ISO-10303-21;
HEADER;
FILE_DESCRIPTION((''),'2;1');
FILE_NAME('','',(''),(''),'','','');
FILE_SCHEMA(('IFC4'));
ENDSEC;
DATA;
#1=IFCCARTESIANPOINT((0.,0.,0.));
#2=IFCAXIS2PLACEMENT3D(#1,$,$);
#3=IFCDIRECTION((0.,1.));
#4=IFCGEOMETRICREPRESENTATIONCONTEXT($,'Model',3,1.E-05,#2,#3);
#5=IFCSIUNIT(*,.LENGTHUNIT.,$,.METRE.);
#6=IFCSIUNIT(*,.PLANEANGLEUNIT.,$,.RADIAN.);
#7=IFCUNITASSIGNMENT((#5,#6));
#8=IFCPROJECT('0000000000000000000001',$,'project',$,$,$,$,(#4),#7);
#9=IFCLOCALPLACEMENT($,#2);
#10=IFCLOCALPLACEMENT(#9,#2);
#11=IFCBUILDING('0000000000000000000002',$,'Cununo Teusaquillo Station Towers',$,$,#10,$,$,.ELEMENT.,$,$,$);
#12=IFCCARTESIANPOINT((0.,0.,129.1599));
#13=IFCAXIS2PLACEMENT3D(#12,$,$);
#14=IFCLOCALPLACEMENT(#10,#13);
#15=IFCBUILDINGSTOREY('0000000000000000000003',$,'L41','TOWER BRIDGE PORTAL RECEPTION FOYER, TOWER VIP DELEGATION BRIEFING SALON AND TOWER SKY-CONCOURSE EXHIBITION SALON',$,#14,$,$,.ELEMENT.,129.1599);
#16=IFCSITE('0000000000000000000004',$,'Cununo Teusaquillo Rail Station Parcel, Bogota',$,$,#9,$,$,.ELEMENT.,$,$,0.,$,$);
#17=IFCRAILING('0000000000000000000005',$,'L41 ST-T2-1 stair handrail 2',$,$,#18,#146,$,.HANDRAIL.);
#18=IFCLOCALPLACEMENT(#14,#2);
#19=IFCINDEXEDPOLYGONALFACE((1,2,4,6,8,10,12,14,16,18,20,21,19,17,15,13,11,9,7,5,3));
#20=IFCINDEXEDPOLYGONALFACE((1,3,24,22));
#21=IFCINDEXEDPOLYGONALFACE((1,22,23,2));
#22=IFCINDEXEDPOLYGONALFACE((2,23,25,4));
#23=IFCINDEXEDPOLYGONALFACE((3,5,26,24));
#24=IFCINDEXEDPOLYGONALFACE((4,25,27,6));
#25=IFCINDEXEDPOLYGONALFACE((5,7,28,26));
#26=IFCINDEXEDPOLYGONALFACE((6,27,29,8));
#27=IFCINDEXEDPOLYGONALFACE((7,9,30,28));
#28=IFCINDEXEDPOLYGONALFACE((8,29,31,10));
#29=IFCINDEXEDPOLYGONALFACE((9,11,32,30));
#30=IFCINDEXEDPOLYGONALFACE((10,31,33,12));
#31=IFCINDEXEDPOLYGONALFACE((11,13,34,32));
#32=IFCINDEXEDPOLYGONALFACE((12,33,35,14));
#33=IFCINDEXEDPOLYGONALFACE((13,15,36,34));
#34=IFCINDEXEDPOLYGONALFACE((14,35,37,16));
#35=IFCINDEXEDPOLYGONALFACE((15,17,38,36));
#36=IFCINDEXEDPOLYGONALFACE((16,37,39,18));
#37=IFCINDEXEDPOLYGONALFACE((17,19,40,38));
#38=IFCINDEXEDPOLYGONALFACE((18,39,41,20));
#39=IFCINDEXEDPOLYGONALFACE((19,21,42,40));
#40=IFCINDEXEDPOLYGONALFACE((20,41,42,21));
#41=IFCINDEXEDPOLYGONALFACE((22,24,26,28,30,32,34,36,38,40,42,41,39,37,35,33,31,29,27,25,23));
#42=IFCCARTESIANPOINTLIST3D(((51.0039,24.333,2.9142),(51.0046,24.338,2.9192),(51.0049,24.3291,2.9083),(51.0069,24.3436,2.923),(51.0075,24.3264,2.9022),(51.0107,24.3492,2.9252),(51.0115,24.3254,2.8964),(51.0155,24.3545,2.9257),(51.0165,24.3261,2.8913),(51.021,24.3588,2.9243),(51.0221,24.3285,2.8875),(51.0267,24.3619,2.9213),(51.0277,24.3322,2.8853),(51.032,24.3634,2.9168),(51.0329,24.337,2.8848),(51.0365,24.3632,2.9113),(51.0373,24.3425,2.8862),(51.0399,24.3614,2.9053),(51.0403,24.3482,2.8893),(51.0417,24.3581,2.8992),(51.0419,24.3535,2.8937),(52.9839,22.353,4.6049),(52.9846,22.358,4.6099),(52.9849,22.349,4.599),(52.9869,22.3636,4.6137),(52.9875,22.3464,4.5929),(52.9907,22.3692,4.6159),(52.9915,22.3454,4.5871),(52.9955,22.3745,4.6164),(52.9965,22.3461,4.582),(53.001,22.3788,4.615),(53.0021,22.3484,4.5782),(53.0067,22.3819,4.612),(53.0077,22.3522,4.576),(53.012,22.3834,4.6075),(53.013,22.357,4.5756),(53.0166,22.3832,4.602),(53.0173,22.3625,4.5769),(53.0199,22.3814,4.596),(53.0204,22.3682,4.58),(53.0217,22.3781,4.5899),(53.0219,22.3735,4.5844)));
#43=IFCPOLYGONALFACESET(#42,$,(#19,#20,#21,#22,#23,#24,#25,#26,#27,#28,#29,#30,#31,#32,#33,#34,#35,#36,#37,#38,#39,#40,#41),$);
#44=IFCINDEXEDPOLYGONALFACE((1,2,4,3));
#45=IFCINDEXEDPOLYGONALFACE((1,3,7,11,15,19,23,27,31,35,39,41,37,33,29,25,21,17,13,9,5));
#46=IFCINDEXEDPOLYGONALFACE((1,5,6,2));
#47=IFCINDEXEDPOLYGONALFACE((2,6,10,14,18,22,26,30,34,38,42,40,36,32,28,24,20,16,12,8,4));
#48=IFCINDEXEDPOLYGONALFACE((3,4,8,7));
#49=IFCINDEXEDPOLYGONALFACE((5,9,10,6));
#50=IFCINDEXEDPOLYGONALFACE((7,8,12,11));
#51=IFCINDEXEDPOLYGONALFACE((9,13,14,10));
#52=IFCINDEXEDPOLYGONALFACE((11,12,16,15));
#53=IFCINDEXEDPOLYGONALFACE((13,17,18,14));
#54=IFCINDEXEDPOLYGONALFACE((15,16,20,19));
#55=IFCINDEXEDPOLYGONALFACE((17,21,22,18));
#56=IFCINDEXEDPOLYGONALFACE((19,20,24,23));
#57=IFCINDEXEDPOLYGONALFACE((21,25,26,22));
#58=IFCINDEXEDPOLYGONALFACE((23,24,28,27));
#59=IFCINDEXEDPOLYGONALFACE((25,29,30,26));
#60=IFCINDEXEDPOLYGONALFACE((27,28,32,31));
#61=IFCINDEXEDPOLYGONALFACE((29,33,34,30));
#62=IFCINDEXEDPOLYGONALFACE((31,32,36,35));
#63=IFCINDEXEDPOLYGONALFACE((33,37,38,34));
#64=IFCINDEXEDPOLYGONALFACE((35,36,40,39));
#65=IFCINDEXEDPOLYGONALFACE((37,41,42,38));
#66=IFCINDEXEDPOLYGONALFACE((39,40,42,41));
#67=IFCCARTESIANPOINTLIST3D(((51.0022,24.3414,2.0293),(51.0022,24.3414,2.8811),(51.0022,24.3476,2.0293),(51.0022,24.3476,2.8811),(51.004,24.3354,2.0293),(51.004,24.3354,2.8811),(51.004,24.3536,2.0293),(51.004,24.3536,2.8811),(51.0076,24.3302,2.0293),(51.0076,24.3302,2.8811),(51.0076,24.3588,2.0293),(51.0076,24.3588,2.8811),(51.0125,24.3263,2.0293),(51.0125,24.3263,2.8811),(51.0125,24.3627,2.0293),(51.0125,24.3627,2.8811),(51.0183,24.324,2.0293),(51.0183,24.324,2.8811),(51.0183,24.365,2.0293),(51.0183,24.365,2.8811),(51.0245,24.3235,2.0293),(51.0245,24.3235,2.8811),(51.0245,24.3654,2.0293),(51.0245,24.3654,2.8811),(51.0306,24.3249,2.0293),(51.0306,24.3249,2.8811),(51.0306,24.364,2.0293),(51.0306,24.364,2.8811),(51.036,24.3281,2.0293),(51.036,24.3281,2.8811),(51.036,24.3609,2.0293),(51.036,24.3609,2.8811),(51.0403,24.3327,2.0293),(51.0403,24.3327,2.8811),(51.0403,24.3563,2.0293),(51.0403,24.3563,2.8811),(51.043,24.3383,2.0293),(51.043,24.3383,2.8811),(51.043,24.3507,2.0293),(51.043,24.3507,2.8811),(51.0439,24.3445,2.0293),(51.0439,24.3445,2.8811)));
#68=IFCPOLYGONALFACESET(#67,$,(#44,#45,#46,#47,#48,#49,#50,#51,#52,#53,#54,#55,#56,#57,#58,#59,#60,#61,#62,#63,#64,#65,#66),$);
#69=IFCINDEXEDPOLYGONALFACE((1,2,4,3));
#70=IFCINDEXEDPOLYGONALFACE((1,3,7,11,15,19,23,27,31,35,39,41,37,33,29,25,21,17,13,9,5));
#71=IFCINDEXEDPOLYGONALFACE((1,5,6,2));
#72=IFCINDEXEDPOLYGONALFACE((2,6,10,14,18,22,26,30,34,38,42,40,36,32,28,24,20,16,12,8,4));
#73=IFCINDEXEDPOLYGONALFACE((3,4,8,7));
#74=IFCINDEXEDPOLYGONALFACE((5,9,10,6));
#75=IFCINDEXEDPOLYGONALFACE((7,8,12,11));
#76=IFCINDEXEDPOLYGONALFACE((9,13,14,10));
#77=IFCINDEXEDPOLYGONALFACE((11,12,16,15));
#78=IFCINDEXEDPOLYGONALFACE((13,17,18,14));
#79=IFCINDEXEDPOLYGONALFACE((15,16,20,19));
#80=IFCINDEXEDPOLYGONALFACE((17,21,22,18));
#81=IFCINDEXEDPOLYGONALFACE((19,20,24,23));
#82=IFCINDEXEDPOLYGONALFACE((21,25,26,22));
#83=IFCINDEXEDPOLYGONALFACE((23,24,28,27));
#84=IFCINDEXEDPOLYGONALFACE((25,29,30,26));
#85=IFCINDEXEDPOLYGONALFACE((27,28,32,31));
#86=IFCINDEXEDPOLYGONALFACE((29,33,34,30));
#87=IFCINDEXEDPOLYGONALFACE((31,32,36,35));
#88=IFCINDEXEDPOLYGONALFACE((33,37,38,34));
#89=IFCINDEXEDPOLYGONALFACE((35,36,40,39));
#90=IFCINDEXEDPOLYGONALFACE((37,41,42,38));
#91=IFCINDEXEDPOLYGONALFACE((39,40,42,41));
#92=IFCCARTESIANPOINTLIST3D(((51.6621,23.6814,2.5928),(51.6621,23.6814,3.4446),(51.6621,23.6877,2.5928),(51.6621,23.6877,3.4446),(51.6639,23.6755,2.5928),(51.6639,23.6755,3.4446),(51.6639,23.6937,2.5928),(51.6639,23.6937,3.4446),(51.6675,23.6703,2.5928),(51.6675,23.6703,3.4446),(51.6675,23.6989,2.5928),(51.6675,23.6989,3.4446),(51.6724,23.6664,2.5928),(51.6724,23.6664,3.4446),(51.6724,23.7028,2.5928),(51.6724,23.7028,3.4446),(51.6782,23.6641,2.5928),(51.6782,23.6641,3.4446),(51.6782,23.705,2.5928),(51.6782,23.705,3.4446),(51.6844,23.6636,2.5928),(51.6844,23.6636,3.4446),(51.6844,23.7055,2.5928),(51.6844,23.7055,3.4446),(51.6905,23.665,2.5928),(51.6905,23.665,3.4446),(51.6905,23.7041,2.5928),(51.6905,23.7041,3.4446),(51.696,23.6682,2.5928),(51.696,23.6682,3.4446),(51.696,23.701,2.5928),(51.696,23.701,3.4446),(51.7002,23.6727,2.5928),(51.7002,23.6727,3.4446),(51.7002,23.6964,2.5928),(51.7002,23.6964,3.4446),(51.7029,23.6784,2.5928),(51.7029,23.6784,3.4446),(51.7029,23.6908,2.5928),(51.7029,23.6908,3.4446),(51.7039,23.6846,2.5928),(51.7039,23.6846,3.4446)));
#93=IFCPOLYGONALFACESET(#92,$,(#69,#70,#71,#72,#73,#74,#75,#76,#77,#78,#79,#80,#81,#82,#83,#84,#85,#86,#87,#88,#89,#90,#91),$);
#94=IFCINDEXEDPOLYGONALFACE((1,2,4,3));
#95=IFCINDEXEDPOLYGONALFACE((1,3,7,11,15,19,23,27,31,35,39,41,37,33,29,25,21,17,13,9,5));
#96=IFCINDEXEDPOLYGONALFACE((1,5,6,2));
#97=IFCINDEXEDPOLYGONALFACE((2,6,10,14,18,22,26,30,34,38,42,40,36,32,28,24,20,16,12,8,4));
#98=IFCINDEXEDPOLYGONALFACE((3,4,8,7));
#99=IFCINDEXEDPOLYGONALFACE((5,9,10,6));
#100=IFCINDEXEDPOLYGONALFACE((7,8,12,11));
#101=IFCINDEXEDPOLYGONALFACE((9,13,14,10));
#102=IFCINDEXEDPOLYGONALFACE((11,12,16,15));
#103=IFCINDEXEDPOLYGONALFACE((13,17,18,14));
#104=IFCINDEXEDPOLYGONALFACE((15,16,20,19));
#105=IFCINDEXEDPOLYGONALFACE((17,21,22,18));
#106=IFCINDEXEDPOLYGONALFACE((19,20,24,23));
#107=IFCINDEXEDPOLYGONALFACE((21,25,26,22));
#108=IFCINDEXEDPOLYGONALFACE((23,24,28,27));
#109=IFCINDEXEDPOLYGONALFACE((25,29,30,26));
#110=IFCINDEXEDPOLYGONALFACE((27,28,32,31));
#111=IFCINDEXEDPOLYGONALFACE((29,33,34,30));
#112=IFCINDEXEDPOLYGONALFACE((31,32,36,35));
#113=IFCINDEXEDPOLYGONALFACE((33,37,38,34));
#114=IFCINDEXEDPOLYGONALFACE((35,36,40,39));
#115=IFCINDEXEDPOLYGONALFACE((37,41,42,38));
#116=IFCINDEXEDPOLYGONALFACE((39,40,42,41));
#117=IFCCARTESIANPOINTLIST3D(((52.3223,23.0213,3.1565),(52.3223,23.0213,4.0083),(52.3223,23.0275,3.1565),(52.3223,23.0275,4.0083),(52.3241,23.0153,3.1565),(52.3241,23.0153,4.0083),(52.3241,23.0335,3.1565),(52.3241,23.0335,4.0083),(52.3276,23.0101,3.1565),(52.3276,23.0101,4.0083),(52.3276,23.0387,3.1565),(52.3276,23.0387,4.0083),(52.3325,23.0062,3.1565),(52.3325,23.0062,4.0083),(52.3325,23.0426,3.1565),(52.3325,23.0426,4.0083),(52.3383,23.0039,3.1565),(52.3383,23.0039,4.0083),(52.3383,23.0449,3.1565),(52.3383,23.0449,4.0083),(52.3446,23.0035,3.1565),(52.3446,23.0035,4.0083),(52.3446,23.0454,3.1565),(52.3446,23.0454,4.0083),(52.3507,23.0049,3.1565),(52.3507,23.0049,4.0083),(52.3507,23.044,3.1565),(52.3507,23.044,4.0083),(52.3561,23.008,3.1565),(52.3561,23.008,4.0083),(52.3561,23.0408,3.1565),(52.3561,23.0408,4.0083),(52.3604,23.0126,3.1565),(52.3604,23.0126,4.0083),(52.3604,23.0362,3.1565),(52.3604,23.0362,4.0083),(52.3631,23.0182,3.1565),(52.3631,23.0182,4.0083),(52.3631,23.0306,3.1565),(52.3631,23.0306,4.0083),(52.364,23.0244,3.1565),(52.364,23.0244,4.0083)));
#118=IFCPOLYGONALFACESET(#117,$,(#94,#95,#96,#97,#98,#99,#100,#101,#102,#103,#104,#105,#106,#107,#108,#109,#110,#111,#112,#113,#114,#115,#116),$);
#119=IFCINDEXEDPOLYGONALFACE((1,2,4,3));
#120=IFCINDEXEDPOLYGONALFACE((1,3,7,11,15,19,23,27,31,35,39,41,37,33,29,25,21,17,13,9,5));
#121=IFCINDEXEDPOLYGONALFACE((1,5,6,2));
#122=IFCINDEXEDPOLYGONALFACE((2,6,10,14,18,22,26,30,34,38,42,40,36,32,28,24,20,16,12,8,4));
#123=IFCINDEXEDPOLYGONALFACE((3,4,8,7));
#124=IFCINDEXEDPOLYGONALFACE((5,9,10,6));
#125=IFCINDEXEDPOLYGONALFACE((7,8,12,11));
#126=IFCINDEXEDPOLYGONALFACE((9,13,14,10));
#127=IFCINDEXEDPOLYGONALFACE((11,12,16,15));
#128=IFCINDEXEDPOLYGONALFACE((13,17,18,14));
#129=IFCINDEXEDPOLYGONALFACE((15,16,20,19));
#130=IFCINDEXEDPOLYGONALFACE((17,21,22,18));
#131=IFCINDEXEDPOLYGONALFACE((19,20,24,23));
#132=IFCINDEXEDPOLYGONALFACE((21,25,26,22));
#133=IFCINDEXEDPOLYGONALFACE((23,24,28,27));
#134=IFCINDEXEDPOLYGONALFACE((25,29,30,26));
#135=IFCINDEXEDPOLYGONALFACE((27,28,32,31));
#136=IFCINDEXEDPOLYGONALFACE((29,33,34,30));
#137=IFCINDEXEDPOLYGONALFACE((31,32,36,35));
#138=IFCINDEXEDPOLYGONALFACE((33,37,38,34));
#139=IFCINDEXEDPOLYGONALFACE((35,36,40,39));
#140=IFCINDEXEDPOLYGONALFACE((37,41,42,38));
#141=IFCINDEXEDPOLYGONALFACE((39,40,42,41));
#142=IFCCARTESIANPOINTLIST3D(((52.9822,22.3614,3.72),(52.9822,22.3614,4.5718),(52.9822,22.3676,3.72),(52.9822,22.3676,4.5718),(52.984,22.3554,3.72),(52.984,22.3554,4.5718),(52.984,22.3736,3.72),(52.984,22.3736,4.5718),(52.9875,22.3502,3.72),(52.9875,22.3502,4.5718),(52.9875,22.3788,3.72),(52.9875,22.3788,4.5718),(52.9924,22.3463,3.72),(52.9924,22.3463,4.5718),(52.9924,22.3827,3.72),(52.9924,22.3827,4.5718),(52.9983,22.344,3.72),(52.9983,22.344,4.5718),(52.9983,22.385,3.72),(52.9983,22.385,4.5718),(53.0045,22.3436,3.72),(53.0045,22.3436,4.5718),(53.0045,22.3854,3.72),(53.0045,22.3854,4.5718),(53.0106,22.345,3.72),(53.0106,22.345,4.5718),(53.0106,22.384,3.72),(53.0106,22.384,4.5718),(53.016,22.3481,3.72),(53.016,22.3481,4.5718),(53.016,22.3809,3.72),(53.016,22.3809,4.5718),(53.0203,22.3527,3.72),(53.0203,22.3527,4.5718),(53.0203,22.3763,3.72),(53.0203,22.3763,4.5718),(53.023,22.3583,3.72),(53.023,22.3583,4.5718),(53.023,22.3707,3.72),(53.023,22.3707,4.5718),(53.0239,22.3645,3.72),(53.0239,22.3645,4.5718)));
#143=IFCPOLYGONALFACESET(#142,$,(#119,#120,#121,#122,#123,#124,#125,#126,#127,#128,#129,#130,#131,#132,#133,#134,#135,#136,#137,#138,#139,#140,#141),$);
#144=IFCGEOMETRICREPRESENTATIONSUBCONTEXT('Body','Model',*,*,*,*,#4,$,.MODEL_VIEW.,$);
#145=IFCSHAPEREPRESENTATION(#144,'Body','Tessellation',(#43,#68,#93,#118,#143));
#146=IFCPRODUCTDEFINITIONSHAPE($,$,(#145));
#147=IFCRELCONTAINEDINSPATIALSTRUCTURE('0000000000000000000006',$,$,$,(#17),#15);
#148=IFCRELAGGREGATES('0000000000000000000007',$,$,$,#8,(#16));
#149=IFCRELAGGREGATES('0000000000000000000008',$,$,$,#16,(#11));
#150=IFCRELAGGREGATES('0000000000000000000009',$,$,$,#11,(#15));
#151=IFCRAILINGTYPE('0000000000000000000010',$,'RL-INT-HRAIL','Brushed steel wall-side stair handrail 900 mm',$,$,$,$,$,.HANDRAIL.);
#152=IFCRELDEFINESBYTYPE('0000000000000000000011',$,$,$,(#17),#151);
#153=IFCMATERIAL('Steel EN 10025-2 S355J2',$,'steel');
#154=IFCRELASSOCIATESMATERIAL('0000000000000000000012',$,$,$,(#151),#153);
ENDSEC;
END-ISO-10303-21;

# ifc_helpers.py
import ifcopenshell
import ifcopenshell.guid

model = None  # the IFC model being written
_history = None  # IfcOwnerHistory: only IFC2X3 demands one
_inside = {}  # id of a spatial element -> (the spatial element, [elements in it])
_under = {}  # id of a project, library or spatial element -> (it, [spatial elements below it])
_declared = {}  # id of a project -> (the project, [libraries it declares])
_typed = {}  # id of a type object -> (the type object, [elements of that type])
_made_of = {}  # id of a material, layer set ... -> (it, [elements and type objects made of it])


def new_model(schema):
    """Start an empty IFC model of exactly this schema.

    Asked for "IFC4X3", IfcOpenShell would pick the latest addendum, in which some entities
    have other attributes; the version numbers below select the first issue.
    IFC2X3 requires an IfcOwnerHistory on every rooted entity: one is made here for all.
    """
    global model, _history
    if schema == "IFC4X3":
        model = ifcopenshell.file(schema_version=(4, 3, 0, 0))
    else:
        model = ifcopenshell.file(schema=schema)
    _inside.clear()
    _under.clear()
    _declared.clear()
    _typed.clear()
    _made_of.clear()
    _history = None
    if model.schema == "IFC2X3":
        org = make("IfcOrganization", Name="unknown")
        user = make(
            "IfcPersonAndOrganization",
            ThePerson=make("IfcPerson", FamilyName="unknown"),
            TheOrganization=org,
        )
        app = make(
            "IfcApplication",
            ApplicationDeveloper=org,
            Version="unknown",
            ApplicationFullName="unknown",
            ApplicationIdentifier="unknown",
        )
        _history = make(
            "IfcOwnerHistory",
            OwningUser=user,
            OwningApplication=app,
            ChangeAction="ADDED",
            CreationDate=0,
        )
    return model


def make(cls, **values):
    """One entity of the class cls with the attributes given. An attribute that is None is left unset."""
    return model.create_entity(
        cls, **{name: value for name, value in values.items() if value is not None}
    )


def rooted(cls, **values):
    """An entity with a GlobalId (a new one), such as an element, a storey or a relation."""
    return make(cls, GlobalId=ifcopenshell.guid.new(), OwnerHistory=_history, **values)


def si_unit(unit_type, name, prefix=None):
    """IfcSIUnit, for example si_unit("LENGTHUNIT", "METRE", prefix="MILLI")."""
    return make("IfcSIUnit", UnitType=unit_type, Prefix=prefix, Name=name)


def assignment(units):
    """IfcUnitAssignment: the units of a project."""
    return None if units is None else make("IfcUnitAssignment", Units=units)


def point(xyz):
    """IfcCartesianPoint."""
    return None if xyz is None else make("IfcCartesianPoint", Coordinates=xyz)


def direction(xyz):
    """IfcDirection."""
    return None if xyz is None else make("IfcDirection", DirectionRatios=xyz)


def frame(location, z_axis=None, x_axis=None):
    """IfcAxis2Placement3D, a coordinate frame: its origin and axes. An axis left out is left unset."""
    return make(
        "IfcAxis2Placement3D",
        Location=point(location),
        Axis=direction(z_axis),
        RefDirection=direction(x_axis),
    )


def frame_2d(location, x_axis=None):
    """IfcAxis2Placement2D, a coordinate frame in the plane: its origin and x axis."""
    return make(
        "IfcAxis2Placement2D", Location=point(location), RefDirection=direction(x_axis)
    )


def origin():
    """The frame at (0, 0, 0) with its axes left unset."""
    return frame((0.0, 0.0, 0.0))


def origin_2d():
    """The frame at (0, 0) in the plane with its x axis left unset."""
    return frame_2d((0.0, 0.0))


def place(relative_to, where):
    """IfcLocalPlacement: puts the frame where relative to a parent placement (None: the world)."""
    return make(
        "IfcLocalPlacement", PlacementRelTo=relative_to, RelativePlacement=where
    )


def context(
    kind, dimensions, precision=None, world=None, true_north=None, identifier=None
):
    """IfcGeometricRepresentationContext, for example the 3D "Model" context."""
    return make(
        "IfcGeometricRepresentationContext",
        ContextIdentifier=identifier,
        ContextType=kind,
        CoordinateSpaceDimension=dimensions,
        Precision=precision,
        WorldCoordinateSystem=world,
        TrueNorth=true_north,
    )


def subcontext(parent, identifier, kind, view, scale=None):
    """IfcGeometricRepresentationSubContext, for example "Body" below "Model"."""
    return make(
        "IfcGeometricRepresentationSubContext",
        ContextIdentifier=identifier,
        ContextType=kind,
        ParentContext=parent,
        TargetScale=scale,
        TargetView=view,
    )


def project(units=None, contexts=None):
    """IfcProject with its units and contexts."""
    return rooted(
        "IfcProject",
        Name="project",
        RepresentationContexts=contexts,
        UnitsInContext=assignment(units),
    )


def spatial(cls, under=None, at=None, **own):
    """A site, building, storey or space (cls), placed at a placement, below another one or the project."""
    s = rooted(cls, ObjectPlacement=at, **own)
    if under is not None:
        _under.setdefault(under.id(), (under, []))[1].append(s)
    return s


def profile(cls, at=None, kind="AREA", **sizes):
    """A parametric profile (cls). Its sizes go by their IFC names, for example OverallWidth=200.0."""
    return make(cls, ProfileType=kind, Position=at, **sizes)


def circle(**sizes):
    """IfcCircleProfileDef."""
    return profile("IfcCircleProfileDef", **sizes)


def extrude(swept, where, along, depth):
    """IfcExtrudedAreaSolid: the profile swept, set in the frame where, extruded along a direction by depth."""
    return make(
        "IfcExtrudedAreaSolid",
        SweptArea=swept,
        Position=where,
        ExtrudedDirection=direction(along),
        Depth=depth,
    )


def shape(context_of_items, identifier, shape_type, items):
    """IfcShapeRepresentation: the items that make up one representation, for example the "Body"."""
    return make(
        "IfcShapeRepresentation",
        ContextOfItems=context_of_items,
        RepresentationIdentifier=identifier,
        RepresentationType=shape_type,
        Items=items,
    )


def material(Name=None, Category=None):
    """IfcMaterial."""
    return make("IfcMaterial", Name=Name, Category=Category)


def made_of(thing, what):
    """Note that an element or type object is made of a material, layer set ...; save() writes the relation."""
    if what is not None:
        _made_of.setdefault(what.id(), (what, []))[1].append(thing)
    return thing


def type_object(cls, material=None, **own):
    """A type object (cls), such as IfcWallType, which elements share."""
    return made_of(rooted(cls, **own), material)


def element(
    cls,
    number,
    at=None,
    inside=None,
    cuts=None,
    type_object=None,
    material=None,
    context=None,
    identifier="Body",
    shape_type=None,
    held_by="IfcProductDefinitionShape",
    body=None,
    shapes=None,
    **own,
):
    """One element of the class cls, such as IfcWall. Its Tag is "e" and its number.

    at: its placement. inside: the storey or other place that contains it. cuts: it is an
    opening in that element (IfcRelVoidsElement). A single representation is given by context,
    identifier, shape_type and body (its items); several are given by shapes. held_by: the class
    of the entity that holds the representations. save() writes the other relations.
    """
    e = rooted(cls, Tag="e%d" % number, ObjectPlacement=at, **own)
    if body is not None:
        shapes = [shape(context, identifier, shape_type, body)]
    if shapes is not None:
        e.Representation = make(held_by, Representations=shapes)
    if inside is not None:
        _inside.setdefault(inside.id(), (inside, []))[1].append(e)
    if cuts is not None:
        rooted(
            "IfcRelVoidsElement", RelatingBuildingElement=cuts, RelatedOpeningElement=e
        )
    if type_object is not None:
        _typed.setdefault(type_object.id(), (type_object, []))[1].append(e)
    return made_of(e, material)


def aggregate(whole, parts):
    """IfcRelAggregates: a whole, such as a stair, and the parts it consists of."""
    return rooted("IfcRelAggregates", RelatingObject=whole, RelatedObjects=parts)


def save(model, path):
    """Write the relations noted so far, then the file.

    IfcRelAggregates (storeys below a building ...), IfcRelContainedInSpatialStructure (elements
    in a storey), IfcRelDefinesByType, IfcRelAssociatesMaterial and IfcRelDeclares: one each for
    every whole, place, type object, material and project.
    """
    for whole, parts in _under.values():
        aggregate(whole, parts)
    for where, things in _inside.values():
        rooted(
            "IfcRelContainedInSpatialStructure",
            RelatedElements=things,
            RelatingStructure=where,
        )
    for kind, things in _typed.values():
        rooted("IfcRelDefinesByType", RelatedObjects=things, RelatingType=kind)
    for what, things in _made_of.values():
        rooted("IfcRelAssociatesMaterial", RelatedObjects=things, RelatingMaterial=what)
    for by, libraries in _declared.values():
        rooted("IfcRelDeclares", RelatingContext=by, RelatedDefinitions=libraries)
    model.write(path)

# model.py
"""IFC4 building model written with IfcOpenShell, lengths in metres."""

from ifc_helpers import new_model, si_unit, direction, frame, origin, origin_2d, place, context, subcontext, project, spatial, circle, extrude, material, type_object, element, save


model = new_model("IFC4")

# Units and contexts
model_context = context("Model", 3, precision=1e-05, world=origin(), true_north=direction((0.0, 1.0)))
body_context = subcontext(model_context, "Body", "Model", "MODEL_VIEW")
ifc_project = project(units=[si_unit("LENGTHUNIT", "METRE"), si_unit("PLANEANGLEUNIT", "RADIAN")], contexts=[model_context])

# Site, building, storey
site_placement = place(None, origin())
site = spatial("IfcSite", under=ifc_project, at=site_placement, Name="Cununo Teusaquillo Rail Station Parcel, Bogota", CompositionType="ELEMENT", RefElevation=0.0)
building_placement = place(site_placement, origin())
building = spatial("IfcBuilding", under=site, at=building_placement, Name="Cununo Teusaquillo Station Towers", CompositionType="ELEMENT")
storey_placement = place(building_placement, frame((0.0, 0.0, 129.1599)))
storey = spatial("IfcBuildingStorey", under=building, at=storey_placement, Name="L41", Description="TOWER BRIDGE PORTAL RECEPTION FOYER, TOWER VIP DELEGATION BRIEFING SALON AND TOWER SKY-CONCOURSE EXHIBITION SALON", CompositionType="ELEMENT", Elevation=129.1599)

# Railing
ifc_material_1 = material(Name="Steel EN 10025-2 S355J2", Category="steel")
railing_type_1 = type_object("IfcRailingType", Name="RL-INT-HRAIL", Description="Brushed steel wall-side stair handrail 900 mm", PredefinedType="HANDRAIL", material=ifc_material_1)
railing_1_placement = place(storey_placement, frame((51.0229, 24.3445, 2.0293)))
element("IfcRailing", 1, at=railing_1_placement, inside=storey, type_object=railing_type_1, Name="L41 ST-T2-1 stair handrail 2", PredefinedType="HANDRAIL", context=body_context, shape_type="SweptSolid", body=[
    extrude(circle(Radius=0.0239, at=origin_2d()), frame((0.0, 0.0, 0.876), z_axis=(0.605325, -0.605325, 0.516878), x_axis=(0.707107, 0.707107, 0.0)), (0.0, 0.0, 1.0), 3.271),
    extrude(circle(Radius=0.021, at=origin_2d()), origin(), (0.0, 0.0, 1.0), 0.8518),
    extrude(circle(Radius=0.021, at=origin_2d()), frame((0.6599, -0.6599, 0.5635)), (0.0, 0.0, 1.0), 0.8518),
    extrude(circle(Radius=0.021, at=origin_2d()), frame((1.3201, -1.3201, 1.1272)), (0.0, 0.0, 1.0), 0.8518),
    extrude(circle(Radius=0.021, at=origin_2d()), frame((1.98, -1.98, 1.6907)), (0.0, 0.0, 1.0), 0.8518),
])

save(model, "model.ifc")
